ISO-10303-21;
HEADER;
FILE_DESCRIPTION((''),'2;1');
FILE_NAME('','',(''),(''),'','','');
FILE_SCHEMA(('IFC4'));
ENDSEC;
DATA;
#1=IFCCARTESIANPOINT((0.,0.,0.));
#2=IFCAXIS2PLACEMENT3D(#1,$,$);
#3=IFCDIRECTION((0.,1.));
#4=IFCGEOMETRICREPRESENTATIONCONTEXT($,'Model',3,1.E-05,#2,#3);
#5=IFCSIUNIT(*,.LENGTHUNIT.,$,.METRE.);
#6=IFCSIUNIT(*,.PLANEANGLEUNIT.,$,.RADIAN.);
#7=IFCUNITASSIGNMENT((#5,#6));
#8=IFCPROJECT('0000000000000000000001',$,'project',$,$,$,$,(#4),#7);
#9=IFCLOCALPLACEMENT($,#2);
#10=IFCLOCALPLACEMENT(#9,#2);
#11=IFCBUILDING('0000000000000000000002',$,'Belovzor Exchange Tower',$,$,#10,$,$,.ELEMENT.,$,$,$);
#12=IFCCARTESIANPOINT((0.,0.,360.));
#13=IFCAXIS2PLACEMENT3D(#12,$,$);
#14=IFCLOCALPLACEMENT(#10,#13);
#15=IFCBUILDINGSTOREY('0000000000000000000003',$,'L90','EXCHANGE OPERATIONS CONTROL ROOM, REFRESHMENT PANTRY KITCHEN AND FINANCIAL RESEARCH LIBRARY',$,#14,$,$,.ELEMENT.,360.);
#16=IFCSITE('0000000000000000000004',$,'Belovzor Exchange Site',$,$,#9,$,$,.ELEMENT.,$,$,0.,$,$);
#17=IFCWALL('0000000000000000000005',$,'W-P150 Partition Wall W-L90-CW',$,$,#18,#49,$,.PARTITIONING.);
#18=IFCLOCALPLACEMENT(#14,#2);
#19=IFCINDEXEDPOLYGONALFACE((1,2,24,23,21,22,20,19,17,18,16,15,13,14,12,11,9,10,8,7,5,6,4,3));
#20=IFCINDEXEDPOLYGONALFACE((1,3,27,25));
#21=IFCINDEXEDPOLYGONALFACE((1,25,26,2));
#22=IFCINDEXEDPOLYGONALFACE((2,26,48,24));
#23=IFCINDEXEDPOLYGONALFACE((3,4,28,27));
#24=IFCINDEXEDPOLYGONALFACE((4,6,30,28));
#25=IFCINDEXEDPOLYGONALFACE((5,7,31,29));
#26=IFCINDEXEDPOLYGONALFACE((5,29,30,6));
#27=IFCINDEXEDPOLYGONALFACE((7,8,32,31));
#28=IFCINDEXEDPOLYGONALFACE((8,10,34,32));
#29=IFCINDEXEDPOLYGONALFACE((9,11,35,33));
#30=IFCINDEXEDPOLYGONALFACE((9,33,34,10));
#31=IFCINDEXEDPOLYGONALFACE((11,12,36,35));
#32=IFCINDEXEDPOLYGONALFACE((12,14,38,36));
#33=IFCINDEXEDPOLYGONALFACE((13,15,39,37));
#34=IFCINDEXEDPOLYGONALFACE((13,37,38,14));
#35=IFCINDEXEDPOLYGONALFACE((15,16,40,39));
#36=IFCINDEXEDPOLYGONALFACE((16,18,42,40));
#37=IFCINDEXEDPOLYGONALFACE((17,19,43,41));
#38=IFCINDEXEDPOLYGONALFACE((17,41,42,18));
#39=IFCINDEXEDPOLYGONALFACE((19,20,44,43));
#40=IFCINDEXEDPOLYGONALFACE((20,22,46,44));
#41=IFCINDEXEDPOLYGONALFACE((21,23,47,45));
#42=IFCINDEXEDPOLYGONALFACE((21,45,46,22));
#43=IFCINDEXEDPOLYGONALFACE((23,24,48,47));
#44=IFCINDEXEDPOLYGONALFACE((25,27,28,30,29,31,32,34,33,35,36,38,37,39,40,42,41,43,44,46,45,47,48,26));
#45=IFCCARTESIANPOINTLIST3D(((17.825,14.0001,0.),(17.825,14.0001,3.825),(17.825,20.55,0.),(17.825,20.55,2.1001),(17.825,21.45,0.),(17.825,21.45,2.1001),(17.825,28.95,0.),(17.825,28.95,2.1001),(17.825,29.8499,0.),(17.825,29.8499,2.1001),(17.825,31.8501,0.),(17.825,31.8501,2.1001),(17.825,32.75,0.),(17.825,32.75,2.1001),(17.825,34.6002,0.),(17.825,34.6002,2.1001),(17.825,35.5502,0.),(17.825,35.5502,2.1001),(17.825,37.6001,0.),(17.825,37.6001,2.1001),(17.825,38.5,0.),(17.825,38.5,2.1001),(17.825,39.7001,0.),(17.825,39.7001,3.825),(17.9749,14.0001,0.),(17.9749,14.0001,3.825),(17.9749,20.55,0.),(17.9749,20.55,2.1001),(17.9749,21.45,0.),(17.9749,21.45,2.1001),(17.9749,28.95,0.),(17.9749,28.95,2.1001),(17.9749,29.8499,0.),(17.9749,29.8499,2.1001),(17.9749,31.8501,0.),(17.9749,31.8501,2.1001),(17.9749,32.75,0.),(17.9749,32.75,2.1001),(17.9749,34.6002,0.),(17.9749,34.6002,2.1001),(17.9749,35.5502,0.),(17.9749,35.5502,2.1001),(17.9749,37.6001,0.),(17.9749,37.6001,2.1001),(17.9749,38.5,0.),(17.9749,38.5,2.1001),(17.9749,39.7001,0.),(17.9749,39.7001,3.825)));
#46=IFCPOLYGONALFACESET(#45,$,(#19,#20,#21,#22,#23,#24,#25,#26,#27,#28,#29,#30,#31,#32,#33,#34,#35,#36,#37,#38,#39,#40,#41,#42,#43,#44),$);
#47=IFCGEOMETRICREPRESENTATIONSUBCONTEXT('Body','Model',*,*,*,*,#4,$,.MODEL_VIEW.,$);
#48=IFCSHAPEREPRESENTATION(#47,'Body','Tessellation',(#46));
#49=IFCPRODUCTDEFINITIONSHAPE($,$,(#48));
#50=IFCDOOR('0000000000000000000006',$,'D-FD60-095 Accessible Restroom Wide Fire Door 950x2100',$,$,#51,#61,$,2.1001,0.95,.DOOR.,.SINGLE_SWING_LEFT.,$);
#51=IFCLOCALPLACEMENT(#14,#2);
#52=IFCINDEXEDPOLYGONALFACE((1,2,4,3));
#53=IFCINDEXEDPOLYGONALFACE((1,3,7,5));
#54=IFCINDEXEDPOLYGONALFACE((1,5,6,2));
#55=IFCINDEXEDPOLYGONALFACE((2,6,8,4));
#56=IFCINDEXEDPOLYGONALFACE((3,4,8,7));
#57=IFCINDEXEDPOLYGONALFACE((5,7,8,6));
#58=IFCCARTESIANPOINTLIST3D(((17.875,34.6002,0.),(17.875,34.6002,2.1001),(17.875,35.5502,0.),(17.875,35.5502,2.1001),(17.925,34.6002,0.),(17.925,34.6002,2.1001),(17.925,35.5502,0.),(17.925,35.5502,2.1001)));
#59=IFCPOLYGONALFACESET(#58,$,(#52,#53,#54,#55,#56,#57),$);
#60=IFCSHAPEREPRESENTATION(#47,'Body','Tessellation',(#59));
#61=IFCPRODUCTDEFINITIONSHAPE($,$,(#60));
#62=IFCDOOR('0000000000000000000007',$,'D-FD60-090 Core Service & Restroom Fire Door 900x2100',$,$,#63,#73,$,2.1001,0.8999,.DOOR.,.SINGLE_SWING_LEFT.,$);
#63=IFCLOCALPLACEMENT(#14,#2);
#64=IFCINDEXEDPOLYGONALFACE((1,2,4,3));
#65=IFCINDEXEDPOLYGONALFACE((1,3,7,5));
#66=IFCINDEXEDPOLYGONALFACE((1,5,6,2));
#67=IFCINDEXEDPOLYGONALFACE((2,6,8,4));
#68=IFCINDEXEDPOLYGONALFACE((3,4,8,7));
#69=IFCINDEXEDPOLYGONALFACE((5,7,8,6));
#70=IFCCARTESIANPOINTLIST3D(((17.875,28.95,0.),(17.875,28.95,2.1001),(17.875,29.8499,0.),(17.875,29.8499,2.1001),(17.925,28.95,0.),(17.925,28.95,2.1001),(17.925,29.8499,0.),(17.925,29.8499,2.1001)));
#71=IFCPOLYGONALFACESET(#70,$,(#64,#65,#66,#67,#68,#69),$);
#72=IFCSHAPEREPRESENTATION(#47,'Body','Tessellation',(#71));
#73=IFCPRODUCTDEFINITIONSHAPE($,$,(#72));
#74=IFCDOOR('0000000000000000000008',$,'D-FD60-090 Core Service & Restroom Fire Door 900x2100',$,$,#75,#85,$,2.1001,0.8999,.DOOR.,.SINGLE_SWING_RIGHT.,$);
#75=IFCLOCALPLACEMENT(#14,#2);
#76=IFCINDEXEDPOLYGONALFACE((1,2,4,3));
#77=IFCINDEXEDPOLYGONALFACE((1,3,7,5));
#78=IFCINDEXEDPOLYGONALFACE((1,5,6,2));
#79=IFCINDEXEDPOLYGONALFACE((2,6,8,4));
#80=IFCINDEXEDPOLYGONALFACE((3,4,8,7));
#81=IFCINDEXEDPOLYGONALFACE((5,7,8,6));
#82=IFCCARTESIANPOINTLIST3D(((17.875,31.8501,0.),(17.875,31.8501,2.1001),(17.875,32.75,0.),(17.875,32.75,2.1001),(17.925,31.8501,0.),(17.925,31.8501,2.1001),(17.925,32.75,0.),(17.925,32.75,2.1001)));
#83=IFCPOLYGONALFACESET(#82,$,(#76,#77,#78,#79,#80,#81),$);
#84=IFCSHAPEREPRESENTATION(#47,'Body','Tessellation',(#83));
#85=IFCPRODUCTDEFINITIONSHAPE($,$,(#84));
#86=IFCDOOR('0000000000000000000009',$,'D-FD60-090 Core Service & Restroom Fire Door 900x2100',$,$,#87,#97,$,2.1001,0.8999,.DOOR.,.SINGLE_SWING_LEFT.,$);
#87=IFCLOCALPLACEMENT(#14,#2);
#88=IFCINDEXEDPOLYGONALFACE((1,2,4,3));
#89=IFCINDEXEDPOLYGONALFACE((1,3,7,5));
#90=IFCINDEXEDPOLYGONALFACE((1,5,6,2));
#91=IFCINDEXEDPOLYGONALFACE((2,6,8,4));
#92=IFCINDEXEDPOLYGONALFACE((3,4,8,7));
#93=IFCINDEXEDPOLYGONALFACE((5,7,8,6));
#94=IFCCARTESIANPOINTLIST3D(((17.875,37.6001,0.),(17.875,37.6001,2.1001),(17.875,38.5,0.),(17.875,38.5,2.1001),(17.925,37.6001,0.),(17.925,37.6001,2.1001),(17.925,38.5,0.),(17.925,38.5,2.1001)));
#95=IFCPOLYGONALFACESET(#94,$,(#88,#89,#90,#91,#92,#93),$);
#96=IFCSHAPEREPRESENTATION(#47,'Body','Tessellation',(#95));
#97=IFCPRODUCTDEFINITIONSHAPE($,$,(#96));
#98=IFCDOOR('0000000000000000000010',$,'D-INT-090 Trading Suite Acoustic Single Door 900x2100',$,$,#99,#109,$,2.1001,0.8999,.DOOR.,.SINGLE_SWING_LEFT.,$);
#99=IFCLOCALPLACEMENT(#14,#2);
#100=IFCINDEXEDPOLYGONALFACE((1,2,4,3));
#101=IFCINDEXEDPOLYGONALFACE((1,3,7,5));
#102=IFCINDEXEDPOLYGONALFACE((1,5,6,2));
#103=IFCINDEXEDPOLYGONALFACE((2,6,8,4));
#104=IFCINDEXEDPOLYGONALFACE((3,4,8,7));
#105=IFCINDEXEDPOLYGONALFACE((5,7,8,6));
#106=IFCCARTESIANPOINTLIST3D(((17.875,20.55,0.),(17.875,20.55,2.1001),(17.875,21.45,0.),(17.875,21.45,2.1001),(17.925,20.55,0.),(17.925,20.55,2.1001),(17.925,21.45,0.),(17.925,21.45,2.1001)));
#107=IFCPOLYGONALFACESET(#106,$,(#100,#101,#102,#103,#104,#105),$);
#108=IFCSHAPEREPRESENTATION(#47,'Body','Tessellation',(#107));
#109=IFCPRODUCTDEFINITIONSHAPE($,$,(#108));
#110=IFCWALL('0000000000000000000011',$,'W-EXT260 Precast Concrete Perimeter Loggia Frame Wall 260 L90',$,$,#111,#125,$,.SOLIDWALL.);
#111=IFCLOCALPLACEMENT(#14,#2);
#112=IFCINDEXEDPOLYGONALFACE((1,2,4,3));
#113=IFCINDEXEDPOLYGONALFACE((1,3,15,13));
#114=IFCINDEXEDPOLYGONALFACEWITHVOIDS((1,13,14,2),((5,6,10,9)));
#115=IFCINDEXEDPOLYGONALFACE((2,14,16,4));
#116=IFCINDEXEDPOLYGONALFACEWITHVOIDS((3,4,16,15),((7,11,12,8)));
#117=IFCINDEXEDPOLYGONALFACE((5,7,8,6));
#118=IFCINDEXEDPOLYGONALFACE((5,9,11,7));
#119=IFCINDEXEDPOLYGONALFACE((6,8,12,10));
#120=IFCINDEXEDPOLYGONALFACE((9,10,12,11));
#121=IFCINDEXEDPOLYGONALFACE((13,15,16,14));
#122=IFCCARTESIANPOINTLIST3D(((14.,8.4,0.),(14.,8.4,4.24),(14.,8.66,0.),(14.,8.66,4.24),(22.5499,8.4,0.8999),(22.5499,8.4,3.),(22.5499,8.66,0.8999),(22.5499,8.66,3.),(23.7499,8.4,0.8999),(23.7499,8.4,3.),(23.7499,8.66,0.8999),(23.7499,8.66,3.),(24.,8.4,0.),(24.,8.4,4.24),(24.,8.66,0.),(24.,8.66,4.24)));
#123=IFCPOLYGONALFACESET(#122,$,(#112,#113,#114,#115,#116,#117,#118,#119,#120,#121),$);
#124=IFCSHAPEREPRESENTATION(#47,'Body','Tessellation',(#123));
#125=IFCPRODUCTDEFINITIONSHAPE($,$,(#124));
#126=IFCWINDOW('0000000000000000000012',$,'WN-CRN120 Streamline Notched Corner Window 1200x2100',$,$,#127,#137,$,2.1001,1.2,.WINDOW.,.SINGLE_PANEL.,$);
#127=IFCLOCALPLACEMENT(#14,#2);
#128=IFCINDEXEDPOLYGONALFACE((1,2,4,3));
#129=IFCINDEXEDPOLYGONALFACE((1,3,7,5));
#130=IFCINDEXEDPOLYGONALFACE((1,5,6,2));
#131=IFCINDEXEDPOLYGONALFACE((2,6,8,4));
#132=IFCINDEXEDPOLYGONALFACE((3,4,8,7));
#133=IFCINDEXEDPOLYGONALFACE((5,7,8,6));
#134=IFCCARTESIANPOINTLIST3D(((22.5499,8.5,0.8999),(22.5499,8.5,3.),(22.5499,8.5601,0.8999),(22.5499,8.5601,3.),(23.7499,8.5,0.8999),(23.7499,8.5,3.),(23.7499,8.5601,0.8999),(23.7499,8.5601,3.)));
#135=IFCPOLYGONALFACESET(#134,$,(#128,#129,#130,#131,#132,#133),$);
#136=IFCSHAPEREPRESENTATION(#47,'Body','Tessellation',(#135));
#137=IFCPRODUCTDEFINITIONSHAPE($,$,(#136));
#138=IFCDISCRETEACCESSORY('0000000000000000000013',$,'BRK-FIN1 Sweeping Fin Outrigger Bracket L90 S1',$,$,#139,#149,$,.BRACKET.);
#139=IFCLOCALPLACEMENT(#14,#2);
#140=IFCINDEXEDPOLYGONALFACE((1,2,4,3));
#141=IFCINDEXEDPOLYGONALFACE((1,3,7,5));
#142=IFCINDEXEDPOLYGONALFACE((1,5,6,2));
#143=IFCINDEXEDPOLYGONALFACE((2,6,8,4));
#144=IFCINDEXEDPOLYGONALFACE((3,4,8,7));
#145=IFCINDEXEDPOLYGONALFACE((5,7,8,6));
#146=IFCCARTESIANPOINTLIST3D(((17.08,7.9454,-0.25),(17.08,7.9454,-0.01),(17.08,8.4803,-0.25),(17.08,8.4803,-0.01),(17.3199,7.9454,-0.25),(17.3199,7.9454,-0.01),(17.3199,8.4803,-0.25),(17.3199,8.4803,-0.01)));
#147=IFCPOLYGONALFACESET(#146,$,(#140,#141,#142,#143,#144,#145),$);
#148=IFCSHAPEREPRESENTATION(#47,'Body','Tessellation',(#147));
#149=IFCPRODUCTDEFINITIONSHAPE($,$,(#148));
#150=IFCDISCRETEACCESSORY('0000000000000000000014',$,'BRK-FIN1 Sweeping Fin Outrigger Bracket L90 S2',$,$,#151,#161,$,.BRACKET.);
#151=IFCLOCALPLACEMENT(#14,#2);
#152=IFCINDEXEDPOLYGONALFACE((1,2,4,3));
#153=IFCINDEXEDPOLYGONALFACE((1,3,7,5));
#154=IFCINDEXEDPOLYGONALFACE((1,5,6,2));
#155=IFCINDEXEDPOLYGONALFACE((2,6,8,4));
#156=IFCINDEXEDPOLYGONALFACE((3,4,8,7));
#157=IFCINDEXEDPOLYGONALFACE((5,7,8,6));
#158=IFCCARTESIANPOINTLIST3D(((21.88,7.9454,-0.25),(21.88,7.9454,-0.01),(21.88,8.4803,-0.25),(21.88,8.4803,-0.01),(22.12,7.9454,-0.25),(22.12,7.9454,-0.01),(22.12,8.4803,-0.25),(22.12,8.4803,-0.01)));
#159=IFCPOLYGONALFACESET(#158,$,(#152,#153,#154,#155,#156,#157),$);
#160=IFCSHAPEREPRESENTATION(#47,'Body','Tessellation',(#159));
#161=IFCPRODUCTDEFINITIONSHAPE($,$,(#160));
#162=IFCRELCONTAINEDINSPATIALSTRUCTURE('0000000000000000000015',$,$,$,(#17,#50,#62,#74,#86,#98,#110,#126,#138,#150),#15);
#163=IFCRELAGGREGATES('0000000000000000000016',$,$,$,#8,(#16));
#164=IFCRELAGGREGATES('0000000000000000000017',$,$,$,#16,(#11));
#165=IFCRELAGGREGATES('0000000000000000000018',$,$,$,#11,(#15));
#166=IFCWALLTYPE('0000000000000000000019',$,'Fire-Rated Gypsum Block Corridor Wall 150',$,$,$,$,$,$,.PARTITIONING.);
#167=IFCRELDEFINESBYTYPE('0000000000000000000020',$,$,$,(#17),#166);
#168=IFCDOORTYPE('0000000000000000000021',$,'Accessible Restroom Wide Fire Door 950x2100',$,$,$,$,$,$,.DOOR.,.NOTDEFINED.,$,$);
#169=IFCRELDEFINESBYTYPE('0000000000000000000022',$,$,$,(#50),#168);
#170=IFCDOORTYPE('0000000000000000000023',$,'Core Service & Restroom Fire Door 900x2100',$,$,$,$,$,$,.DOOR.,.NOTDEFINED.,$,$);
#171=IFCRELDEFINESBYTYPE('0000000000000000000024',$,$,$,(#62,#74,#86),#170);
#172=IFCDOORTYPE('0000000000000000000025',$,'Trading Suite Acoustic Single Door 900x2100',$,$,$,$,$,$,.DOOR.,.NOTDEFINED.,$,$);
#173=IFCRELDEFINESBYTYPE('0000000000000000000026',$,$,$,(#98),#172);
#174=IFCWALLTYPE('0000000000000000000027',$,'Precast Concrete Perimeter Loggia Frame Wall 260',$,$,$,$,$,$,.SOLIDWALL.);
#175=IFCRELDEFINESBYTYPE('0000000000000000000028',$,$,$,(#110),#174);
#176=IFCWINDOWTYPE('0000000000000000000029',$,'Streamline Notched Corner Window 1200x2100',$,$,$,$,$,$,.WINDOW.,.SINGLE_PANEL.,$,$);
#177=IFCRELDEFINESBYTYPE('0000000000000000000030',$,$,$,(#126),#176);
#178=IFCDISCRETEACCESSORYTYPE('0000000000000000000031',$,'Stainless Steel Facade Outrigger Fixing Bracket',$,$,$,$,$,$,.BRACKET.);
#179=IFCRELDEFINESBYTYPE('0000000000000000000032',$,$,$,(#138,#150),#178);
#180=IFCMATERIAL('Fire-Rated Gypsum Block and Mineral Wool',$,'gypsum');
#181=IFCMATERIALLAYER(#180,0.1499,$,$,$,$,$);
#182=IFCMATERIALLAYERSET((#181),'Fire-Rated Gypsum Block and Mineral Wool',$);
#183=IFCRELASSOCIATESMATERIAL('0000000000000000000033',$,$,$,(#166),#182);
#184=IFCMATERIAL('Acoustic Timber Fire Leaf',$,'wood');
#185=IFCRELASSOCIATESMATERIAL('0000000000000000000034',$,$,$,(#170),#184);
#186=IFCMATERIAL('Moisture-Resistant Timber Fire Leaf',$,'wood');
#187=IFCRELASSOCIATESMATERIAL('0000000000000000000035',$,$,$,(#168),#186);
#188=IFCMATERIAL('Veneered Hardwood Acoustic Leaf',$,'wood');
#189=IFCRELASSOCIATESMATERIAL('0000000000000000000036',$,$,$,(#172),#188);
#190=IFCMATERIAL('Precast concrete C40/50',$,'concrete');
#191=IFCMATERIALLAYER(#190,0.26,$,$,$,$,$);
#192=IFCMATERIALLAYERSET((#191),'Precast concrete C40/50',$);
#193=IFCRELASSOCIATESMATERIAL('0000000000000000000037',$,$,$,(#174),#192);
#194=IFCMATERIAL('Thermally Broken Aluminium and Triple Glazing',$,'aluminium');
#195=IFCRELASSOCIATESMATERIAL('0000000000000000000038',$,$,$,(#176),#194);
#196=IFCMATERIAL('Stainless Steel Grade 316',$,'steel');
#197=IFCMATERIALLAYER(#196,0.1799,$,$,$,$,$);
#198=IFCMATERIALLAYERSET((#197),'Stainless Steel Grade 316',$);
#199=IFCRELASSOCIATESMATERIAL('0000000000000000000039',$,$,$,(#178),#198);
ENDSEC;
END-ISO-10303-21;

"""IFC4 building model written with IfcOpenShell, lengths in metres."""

from ifc_helpers import new_model, si_unit, direction, frame, frame_2d, origin, origin_2d, place, context, subcontext, project, spatial, rectangle, extrude, material, layer, layer_set, type_object, element, fill, save


model = new_model("IFC4")

# Units and contexts
model_context = context("Model", 3, precision=1e-05, world=origin(), true_north=direction((0.0, 1.0)))
body_context = subcontext(model_context, "Body", "Model", "MODEL_VIEW")
ifc_project = project(units=[si_unit("LENGTHUNIT", "METRE"), si_unit("PLANEANGLEUNIT", "RADIAN")], contexts=[model_context])

# Site, building, storey
site_placement = place(None, origin())
site = spatial("IfcSite", under=ifc_project, at=site_placement, Name="Belovzor Exchange Site", CompositionType="ELEMENT", RefElevation=0.0)
building_placement = place(site_placement, origin())
building = spatial("IfcBuilding", under=site, at=building_placement, Name="Belovzor Exchange Tower", CompositionType="ELEMENT")
storey_placement = place(building_placement, frame((0.0, 0.0, 360.0)))
storey = spatial("IfcBuildingStorey", under=building, at=storey_placement, Name="L90", Description="EXCHANGE OPERATIONS CONTROL ROOM, REFRESHMENT PANTRY KITCHEN AND FINANCIAL RESEARCH LIBRARY", CompositionType="ELEMENT", Elevation=360.0)

# Shared definitions
ifc_material_1 = material(Name="Fire-Rated Gypsum Block and Mineral Wool", Category="gypsum")
ifc_layer_1 = layer(ifc_material_1, 0.1499)
ifc_layer_set_1 = layer_set([ifc_layer_1], Name="Fire-Rated Gypsum Block and Mineral Wool")
wall_type_1 = type_object("IfcWallType", Name="Fire-Rated Gypsum Block Corridor Wall 150", PredefinedType="PARTITIONING", material=ifc_layer_set_1)
ifc_material_2 = material(Name="Acoustic Timber Fire Leaf", Category="wood")
door_type_1 = type_object("IfcDoorType", Name="Core Service & Restroom Fire Door 900x2100", OperationType="NOTDEFINED", PredefinedType="DOOR", material=ifc_material_2)

# Wall, openings, doors
wall_1_placement = place(storey_placement, frame((17.8999, 14.0, 0.0), z_axis=(0.0, 0.0, 1.0), x_axis=(0.0, 1.0, 0.0)))
wall_1 = element("IfcWall", 1, at=wall_1_placement, inside=storey, type_object=wall_type_1, Name="W-P150 Partition Wall W-L90-CW", PredefinedType="PARTITIONING", context=body_context, shape_type="SweptSolid", body=[
    extrude(rectangle(XDim=25.7, YDim=0.1499, at=frame_2d((12.8501, 0.0))), origin(), (0.0, 0.0, 1.0), 3.825),
])
opening_1_placement = place(wall_1_placement, frame((6.55, 0.0, 0.0)))
opening_1 = element("IfcOpeningElement", 2, at=opening_1_placement, cuts=wall_1, PredefinedType="OPENING", context=body_context, shape_type="SweptSolid", body=[
    extrude(rectangle(XDim=0.8999, YDim=2.1001, at=frame_2d((0.45, 1.05))), frame((0.0, 0.085, 0.0), z_axis=(0.0, -1.0, 0.0), x_axis=(1.0, 0.0, 0.0)), (0.0, 0.0, 1.0), 0.1699),
])
opening_2_placement = place(wall_1_placement, frame((14.95, 0.0, 0.0)))
opening_2 = element("IfcOpeningElement", 3, at=opening_2_placement, cuts=wall_1, PredefinedType="OPENING", context=body_context, shape_type="SweptSolid", body=[
    extrude(rectangle(XDim=0.8999, YDim=2.1001, at=frame_2d((0.45, 1.05))), frame((0.0, 0.085, 0.0), z_axis=(0.0, -1.0, 0.0), x_axis=(1.0, 0.0, 0.0)), (0.0, 0.0, 1.0), 0.1699),
])
opening_3_placement = place(wall_1_placement, frame((17.8501, 0.0, 0.0)))
opening_3 = element("IfcOpeningElement", 4, at=opening_3_placement, cuts=wall_1, PredefinedType="OPENING", context=body_context, shape_type="SweptSolid", body=[
    extrude(rectangle(XDim=0.8999, YDim=2.1001, at=frame_2d((0.45, 1.05))), frame((0.0, 0.085, 0.0), z_axis=(0.0, -1.0, 0.0), x_axis=(1.0, 0.0, 0.0)), (0.0, 0.0, 1.0), 0.1699),
])
opening_4_placement = place(wall_1_placement, frame((20.6001, 0.0, 0.0)))
opening_4 = element("IfcOpeningElement", 5, at=opening_4_placement, cuts=wall_1, PredefinedType="OPENING", context=body_context, shape_type="SweptSolid", body=[
    extrude(rectangle(XDim=0.95, YDim=2.1001, at=frame_2d((0.4751, 1.05))), frame((0.0, 0.085, 0.0), z_axis=(0.0, -1.0, 0.0), x_axis=(1.0, 0.0, 0.0)), (0.0, 0.0, 1.0), 0.1699),
])
opening_5_placement = place(wall_1_placement, frame((23.6001, 0.0, 0.0)))
opening_5 = element("IfcOpeningElement", 6, at=opening_5_placement, cuts=wall_1, PredefinedType="OPENING", context=body_context, shape_type="SweptSolid", body=[
    extrude(rectangle(XDim=0.8999, YDim=2.1001, at=frame_2d((0.45, 1.05))), frame((0.0, 0.085, 0.0), z_axis=(0.0, -1.0, 0.0), x_axis=(1.0, 0.0, 0.0)), (0.0, 0.0, 1.0), 0.1699),
])
ifc_material_3 = material(Name="Moisture-Resistant Timber Fire Leaf", Category="wood")
door_type_2 = type_object("IfcDoorType", Name="Accessible Restroom Wide Fire Door 950x2100", OperationType="NOTDEFINED", PredefinedType="DOOR", material=ifc_material_3)
door_1_placement = place(opening_4_placement, origin())
door_1 = element("IfcDoor", 7, at=door_1_placement, inside=storey, type_object=door_type_2, Name="D-FD60-095 Accessible Restroom Wide Fire Door 950x2100", OperationType="SINGLE_SWING_LEFT", OverallHeight=2.1001, OverallWidth=0.95, PredefinedType="DOOR", context=body_context, shape_type="SweptSolid", body=[
    extrude(rectangle(XDim=0.95, YDim=2.1001, at=frame_2d((0.4751, 1.05))), frame((0.0, 0.0249, 0.0), z_axis=(0.0, -1.0, 0.0), x_axis=(1.0, 0.0, 0.0)), (0.0, 0.0, 1.0), 0.05),
])
fill(opening_4, door_1)
door_2_placement = place(opening_2_placement, origin())
door_2 = element("IfcDoor", 8, at=door_2_placement, inside=storey, type_object=door_type_1, Name="D-FD60-090 Core Service & Restroom Fire Door 900x2100", OperationType="SINGLE_SWING_LEFT", OverallHeight=2.1001, OverallWidth=0.8999, PredefinedType="DOOR", context=body_context, shape_type="SweptSolid", body=[
    extrude(rectangle(XDim=0.8999, YDim=2.1001, at=frame_2d((0.45, 1.05))), frame((0.0, 0.0249, 0.0), z_axis=(0.0, -1.0, 0.0), x_axis=(1.0, 0.0, 0.0)), (0.0, 0.0, 1.0), 0.05),
])
fill(opening_2, door_2)
door_3_placement = place(opening_3_placement, origin())
door_3 = element("IfcDoor", 9, at=door_3_placement, inside=storey, type_object=door_type_1, Name="D-FD60-090 Core Service & Restroom Fire Door 900x2100", OperationType="SINGLE_SWING_RIGHT", OverallHeight=2.1001, OverallWidth=0.8999, PredefinedType="DOOR", context=body_context, shape_type="SweptSolid", body=[
    extrude(rectangle(XDim=0.8999, YDim=2.1001, at=frame_2d((0.45, 1.05))), frame((0.0, 0.0249, 0.0), z_axis=(0.0, -1.0, 0.0), x_axis=(1.0, 0.0, 0.0)), (0.0, 0.0, 1.0), 0.05),
])
fill(opening_3, door_3)
door_4_placement = place(opening_5_placement, origin())
door_4 = element("IfcDoor", 10, at=door_4_placement, inside=storey, type_object=door_type_1, Name="D-FD60-090 Core Service & Restroom Fire Door 900x2100", OperationType="SINGLE_SWING_LEFT", OverallHeight=2.1001, OverallWidth=0.8999, PredefinedType="DOOR", context=body_context, shape_type="SweptSolid", body=[
    extrude(rectangle(XDim=0.8999, YDim=2.1001, at=frame_2d((0.45, 1.05))), frame((0.0, 0.0249, 0.0), z_axis=(0.0, -1.0, 0.0), x_axis=(1.0, 0.0, 0.0)), (0.0, 0.0, 1.0), 0.05),
])
fill(opening_5, door_4)
ifc_material_4 = material(Name="Veneered Hardwood Acoustic Leaf", Category="wood")
door_type_3 = type_object("IfcDoorType", Name="Trading Suite Acoustic Single Door 900x2100", OperationType="NOTDEFINED", PredefinedType="DOOR", material=ifc_material_4)
door_5_placement = place(opening_1_placement, origin())
door_5 = element("IfcDoor", 11, at=door_5_placement, inside=storey, type_object=door_type_3, Name="D-INT-090 Trading Suite Acoustic Single Door 900x2100", OperationType="SINGLE_SWING_LEFT", OverallHeight=2.1001, OverallWidth=0.8999, PredefinedType="DOOR", context=body_context, shape_type="SweptSolid", body=[
    extrude(rectangle(XDim=0.8999, YDim=2.1001, at=frame_2d((0.45, 1.05))), frame((0.0, 0.0249, 0.0), z_axis=(0.0, -1.0, 0.0), x_axis=(1.0, 0.0, 0.0)), (0.0, 0.0, 1.0), 0.05),
])
fill(opening_1, door_5)

# Wall, opening, window
ifc_material_5 = material(Name="Precast concrete C40/50", Category="concrete")
ifc_layer_2 = layer(ifc_material_5, 0.26)
ifc_layer_set_2 = layer_set([ifc_layer_2], Name="Precast concrete C40/50")
wall_type_2 = type_object("IfcWallType", Name="Precast Concrete Perimeter Loggia Frame Wall 260", PredefinedType="SOLIDWALL", material=ifc_layer_set_2)
wall_2_placement = place(storey_placement, frame((24.0, 8.53, 0.0), z_axis=(0.0, 0.0, 1.0), x_axis=(-1.0, 0.0, 0.0)))
wall_2 = element("IfcWall", 12, at=wall_2_placement, inside=storey, type_object=wall_type_2, Name="W-EXT260 Precast Concrete Perimeter Loggia Frame Wall 260 L90", PredefinedType="SOLIDWALL", context=body_context, shape_type="SweptSolid", body=[
    extrude(rectangle(XDim=10.0, YDim=0.26, at=frame_2d((5.0, 0.0))), origin(), (0.0, 0.0, 1.0), 4.24),
])
opening_6_placement = place(wall_2_placement, frame((0.25, 0.0, 0.8999)))
opening_6 = element("IfcOpeningElement", 13, at=opening_6_placement, cuts=wall_2, PredefinedType="OPENING", context=body_context, shape_type="SweptSolid", body=[
    extrude(rectangle(XDim=1.2, YDim=2.1001, at=frame_2d((0.6001, 1.05))), frame((0.0, 0.1399, 0.0), z_axis=(0.0, -1.0, 0.0), x_axis=(1.0, 0.0, 0.0)), (0.0, 0.0, 1.0), 0.28),
])
ifc_material_6 = material(Name="Thermally Broken Aluminium and Triple Glazing", Category="aluminium")
window_type = type_object("IfcWindowType", Name="Streamline Notched Corner Window 1200x2100", PartitioningType="SINGLE_PANEL", PredefinedType="WINDOW", material=ifc_material_6)
window_placement = place(opening_6_placement, origin())
window = element("IfcWindow", 14, at=window_placement, inside=storey, type_object=window_type, Name="WN-CRN120 Streamline Notched Corner Window 1200x2100", OverallHeight=2.1001, OverallWidth=1.2, PartitioningType="SINGLE_PANEL", PredefinedType="WINDOW", context=body_context, shape_type="SweptSolid", body=[
    extrude(rectangle(XDim=1.2, YDim=2.1001, at=frame_2d((0.6001, 1.05))), frame((0.0, 0.03, 0.0), z_axis=(0.0, -1.0, 0.0), x_axis=(1.0, 0.0, 0.0)), (0.0, 0.0, 1.0), 0.0601),
])
fill(opening_6, window)

# Discrete accessories
ifc_material_7 = material(Name="Stainless Steel Grade 316", Category="steel")
ifc_layer_3 = layer(ifc_material_7, 0.1799)
ifc_layer_set_3 = layer_set([ifc_layer_3], Name="Stainless Steel Grade 316")
discrete_accessory_type = type_object("IfcDiscreteAccessoryType", Name="Stainless Steel Facade Outrigger Fixing Bracket", PredefinedType="BRACKET", material=ifc_layer_set_3)
for number, where, z_axis, x_axis, name in (
    (15, (17.2, 8.2129, -0.25), (0.0, 0.0, 1.0), (0.0, 1.0, 0.0), "BRK-FIN1 Sweeping Fin Outrigger Bracket L90 S1"),
    (16, (22.0, 8.2129, -0.25), (0.0, 0.0, 1.0), (0.0, 1.0, 0.0), "BRK-FIN1 Sweeping Fin Outrigger Bracket L90 S2"),
):
    element("IfcDiscreteAccessory", number, at=place(storey_placement, frame(where, z_axis=z_axis, x_axis=x_axis)), inside=storey, type_object=discrete_accessory_type, Name=name, PredefinedType="BRACKET", context=body_context, shape_type="SweptSolid", body=[
        extrude(rectangle(XDim=0.5349, YDim=0.24, at=origin_2d()), origin(), (0.0, 0.0, 1.0), 0.24),
    ])

save(model, "model.ifc")
